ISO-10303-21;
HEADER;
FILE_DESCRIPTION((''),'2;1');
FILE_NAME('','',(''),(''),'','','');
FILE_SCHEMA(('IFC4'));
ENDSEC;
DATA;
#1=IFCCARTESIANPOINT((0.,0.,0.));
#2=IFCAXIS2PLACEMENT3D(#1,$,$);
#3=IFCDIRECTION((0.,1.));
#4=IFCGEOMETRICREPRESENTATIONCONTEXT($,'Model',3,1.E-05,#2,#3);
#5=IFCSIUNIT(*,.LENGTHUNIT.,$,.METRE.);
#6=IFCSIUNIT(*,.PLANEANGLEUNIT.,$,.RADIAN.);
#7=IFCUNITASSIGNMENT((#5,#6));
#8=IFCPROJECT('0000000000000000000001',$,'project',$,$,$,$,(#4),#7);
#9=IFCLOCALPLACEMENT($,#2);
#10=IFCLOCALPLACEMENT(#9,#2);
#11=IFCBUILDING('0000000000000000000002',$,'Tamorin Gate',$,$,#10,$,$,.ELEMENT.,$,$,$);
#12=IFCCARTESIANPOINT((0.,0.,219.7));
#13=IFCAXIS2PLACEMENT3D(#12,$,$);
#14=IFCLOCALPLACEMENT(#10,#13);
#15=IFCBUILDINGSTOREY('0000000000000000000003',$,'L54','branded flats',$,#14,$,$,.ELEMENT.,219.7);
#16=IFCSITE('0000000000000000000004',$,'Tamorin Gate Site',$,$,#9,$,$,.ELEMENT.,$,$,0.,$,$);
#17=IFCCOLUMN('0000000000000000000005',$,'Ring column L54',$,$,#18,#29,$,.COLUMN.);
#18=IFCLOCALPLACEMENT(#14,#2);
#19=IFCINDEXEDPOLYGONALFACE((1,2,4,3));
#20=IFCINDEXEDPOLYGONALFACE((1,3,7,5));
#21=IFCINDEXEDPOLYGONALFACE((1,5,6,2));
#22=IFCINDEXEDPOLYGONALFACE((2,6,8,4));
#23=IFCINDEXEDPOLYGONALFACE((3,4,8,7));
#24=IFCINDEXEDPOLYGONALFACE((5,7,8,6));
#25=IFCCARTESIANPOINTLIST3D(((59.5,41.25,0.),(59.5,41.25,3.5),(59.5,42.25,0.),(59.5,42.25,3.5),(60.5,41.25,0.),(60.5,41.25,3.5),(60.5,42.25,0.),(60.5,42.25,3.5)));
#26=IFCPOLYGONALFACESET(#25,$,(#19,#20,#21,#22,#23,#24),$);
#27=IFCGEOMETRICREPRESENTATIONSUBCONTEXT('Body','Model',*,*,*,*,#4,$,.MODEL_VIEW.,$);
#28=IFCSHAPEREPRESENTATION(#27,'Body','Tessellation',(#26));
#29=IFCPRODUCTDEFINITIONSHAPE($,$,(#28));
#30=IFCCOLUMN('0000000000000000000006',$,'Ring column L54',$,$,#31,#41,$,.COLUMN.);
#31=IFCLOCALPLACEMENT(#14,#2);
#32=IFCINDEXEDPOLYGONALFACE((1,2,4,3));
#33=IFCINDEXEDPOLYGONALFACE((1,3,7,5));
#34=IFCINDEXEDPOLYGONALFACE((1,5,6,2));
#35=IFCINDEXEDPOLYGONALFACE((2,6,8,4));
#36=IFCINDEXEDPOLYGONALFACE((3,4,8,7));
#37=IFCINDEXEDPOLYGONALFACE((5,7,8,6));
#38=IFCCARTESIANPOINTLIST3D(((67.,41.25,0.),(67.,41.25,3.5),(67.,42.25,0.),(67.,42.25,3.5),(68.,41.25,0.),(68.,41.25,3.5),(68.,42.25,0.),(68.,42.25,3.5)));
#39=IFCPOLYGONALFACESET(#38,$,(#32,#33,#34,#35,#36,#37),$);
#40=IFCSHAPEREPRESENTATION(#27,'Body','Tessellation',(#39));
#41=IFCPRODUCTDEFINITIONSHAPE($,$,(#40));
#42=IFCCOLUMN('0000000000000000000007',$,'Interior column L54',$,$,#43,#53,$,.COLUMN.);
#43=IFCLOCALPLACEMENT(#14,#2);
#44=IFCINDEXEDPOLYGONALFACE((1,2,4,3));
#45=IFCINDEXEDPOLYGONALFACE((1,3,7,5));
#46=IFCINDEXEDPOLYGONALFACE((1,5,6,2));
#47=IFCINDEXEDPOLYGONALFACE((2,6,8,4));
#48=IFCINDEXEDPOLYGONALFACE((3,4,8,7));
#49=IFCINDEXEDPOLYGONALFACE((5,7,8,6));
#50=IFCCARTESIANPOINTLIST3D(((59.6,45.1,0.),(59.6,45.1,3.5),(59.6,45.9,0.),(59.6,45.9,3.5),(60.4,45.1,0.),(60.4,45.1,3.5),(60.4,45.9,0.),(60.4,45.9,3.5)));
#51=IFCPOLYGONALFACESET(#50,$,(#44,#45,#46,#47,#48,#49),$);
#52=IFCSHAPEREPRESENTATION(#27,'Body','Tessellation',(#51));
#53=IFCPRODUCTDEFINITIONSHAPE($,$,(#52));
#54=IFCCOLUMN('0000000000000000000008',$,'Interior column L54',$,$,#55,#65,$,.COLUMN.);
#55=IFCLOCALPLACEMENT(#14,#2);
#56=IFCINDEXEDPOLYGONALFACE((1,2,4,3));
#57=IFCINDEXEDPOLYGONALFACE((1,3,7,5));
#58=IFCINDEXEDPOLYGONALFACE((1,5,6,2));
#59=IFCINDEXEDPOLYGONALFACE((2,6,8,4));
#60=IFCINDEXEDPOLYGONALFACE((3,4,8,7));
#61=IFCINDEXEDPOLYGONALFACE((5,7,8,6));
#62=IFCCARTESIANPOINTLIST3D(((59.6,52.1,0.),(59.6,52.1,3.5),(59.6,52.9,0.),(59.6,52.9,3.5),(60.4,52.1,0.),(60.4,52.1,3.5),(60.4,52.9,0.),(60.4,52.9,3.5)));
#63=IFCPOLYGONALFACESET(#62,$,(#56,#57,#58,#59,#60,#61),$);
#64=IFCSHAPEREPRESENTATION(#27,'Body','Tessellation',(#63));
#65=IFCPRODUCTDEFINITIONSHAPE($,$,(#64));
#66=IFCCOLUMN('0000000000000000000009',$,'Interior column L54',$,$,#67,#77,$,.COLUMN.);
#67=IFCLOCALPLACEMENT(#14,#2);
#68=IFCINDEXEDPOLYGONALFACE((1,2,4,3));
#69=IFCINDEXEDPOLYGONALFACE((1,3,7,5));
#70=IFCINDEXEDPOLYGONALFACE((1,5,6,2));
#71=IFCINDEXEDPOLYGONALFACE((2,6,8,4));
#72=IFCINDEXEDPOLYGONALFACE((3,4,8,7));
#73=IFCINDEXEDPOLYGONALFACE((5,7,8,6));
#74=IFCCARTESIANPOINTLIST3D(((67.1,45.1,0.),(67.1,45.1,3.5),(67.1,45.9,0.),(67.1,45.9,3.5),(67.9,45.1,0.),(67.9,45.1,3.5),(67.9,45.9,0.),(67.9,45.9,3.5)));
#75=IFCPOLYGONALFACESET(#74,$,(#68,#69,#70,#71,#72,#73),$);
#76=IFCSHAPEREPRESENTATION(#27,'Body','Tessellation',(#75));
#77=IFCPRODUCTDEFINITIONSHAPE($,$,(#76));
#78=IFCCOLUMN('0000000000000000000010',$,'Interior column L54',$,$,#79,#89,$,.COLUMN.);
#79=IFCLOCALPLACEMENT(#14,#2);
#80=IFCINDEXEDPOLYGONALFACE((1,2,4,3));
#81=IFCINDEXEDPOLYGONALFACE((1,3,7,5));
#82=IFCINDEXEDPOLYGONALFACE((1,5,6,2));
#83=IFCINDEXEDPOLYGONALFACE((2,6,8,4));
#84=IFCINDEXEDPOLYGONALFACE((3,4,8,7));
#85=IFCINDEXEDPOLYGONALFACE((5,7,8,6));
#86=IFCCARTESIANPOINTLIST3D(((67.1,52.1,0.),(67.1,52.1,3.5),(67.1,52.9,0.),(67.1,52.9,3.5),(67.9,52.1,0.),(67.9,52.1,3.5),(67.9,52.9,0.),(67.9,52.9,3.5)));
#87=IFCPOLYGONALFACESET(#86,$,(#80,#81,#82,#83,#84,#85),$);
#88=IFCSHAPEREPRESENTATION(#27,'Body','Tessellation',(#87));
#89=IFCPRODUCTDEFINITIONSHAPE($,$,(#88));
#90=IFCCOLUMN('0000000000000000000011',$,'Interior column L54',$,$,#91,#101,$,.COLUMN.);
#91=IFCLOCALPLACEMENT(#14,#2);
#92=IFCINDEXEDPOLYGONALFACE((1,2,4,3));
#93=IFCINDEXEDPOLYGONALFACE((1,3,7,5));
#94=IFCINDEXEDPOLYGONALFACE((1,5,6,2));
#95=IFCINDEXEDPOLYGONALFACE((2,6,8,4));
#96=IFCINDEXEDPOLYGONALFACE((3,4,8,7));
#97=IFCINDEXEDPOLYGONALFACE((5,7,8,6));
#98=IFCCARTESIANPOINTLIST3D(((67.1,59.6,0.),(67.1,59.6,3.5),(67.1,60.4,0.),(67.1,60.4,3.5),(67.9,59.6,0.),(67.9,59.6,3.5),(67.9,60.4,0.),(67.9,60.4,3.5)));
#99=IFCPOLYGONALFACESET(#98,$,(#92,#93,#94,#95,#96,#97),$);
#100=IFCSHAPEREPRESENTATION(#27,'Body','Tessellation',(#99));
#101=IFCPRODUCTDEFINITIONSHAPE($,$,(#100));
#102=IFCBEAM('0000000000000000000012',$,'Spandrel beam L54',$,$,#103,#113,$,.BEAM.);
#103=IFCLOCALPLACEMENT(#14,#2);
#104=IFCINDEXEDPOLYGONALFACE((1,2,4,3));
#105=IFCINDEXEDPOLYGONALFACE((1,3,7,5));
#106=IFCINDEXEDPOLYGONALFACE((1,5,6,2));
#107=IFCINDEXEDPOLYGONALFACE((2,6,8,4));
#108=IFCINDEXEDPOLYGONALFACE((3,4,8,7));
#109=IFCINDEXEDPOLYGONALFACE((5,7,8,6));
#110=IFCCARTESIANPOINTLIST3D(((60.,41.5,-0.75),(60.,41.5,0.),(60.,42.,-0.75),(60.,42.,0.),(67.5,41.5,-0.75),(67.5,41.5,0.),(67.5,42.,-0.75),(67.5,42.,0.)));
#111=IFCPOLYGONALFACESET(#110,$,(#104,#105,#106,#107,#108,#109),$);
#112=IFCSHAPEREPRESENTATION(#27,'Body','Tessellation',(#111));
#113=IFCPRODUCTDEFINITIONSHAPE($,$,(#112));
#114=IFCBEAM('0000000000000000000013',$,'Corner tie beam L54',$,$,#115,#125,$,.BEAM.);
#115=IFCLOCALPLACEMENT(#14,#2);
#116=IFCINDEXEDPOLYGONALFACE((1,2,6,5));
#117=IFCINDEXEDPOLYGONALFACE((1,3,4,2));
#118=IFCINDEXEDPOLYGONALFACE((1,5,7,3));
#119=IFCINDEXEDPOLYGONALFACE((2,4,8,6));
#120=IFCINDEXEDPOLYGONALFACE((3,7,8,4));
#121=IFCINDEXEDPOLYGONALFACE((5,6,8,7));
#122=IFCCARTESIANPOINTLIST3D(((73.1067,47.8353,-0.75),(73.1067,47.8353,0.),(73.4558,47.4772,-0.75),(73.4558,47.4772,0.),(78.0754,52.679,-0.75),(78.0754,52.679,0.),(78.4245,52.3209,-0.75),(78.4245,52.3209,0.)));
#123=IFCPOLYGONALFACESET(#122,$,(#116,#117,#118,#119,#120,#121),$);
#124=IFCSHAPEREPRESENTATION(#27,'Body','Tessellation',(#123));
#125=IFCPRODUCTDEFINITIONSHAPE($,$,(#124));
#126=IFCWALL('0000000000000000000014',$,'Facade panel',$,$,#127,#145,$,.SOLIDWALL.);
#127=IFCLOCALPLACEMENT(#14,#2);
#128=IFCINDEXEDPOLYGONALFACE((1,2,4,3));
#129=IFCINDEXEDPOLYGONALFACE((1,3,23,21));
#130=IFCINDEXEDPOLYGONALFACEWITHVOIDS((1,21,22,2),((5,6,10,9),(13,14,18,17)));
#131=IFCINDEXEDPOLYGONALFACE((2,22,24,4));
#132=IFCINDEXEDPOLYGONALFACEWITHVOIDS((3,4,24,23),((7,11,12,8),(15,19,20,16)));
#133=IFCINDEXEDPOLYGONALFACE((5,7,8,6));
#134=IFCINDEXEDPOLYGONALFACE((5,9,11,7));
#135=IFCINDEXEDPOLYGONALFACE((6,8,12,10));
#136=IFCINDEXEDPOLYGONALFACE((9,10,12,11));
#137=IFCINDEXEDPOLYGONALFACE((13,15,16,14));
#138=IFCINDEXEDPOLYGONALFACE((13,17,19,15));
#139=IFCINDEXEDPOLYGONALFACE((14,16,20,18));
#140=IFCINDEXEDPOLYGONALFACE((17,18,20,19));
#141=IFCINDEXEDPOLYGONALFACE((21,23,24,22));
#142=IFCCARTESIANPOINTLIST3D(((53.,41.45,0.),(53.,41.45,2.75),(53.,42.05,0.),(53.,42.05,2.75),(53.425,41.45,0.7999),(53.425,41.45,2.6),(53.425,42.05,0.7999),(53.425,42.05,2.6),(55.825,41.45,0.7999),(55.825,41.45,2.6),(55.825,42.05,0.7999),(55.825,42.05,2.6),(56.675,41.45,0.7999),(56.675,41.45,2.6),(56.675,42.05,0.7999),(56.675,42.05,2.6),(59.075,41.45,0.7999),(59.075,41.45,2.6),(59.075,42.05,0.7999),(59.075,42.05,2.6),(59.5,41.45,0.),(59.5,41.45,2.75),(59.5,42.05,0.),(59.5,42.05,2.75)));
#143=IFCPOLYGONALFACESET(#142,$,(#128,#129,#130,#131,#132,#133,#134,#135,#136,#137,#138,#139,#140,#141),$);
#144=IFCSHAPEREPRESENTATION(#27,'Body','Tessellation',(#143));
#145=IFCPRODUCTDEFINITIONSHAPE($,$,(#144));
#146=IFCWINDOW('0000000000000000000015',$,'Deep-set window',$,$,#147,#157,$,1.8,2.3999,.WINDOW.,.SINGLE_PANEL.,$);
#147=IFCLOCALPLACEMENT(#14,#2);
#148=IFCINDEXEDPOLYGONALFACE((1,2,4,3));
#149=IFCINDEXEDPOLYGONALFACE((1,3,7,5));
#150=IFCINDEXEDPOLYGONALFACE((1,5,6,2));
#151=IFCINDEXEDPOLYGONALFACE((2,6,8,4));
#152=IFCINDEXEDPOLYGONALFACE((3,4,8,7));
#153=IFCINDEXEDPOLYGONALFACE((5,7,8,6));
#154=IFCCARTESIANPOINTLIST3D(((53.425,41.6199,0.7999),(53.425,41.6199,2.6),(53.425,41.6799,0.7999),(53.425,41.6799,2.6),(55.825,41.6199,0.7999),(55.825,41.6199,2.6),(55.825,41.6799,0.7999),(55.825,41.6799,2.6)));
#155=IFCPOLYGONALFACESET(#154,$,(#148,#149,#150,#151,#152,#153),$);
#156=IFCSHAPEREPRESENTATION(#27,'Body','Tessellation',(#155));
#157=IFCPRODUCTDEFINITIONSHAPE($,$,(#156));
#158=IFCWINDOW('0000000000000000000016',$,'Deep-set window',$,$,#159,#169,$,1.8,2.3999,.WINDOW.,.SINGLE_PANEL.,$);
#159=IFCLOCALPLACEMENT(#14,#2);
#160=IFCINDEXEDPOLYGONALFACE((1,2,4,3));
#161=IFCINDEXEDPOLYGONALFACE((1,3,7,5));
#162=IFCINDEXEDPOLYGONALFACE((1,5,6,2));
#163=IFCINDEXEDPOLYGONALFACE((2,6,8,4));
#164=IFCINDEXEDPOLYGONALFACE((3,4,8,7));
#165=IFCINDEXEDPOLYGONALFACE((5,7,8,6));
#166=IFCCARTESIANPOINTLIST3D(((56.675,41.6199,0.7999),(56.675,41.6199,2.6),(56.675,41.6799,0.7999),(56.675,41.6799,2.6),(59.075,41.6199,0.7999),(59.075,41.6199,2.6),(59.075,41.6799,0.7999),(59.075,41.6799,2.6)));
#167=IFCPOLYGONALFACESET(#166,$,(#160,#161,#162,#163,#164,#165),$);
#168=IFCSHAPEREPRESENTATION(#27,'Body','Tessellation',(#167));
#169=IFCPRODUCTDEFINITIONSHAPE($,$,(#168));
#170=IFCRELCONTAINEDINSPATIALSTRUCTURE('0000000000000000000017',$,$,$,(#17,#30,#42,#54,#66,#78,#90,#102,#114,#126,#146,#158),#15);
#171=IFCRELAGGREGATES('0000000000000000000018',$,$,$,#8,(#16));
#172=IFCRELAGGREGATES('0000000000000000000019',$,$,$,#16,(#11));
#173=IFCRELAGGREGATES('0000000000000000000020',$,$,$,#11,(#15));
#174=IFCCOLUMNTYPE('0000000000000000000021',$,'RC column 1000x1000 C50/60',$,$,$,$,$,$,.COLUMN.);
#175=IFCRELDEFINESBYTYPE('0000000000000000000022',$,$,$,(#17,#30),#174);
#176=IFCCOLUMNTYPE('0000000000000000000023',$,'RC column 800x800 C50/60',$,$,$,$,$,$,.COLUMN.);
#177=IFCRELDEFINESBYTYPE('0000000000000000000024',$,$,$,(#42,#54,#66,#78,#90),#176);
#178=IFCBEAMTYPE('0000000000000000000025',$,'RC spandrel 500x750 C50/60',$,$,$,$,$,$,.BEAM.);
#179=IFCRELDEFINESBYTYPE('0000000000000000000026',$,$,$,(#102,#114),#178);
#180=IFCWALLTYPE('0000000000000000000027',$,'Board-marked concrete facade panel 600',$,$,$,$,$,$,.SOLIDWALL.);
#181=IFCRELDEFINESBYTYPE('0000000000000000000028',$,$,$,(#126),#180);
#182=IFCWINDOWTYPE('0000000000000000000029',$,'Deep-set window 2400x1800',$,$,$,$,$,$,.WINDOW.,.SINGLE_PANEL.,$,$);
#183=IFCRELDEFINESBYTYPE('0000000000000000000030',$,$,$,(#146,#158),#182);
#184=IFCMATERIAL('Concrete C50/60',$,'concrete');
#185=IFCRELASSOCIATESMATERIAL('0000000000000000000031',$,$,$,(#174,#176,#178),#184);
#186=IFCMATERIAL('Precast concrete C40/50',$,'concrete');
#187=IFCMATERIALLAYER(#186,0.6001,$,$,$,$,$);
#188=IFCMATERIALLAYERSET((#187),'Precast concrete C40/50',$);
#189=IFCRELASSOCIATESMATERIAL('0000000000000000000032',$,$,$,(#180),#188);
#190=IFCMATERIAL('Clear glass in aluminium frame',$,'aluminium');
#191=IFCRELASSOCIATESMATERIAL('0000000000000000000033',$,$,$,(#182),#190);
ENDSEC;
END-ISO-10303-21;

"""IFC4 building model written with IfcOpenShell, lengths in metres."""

from ifc_helpers import new_model, si_unit, direction, frame, frame_2d, origin, origin_2d, place, context, subcontext, project, spatial, rectangle, extrude, material, layer, layer_set, material_profile, profile_set, type_object, element, fill, save


model = new_model("IFC4")

# Units and contexts
model_context = context("Model", 3, precision=1e-05, world=origin(), true_north=direction((0.0, 1.0)))
body_context = subcontext(model_context, "Body", "Model", "MODEL_VIEW")
ifc_project = project(units=[si_unit("LENGTHUNIT", "METRE"), si_unit("PLANEANGLEUNIT", "RADIAN")], contexts=[model_context])

# Site, building, storey
site_placement = place(None, origin())
site = spatial("IfcSite", under=ifc_project, at=site_placement, Name="Tamorin Gate Site", CompositionType="ELEMENT", RefElevation=0.0)
building_placement = place(site_placement, origin())
building = spatial("IfcBuilding", under=site, at=building_placement, Name="Tamorin Gate", CompositionType="ELEMENT")
storey_placement = place(building_placement, frame((0.0, 0.0, 219.7)))
storey = spatial("IfcBuildingStorey", under=building, at=storey_placement, Name="L54", Description="branded flats", CompositionType="ELEMENT", Elevation=219.7)

# Columns
ifc_material_1 = material(Name="Concrete C50/60", Category="concrete")
ifc_material_profile_1 = material_profile(ifc_material_1, rectangle(XDim=1.0, YDim=1.0, at=origin_2d()), Name="RC 1000x1000")
ifc_profile_set_1 = profile_set([ifc_material_profile_1], Name="Concrete C50/60")
column_type_1 = type_object("IfcColumnType", Name="RC column 1000x1000 C50/60", PredefinedType="COLUMN", material=ifc_profile_set_1)
for number, where, z_axis, x_axis, name in (
    (1, (60.0, 41.75, 0.0), (0.0, 0.0, 1.0), (1.0, 0.0, 0.0), "Ring column L54"),
    (2, (67.5, 41.75, 0.0), (0.0, 0.0, 1.0), (1.0, 0.0, 0.0), "Ring column L54"),
):
    element("IfcColumn", number, at=place(storey_placement, frame(where, z_axis=z_axis, x_axis=x_axis)), inside=storey, type_object=column_type_1, Name=name, PredefinedType="COLUMN", context=body_context, shape_type="SweptSolid", body=[
        extrude(rectangle(XDim=1.0, YDim=1.0, at=origin_2d()), origin(), (0.0, 0.0, 1.0), 3.5),
    ])
ifc_material_profile_2 = material_profile(ifc_material_1, rectangle(XDim=0.8, YDim=0.8, at=origin_2d()), Name="RC 800x800")
ifc_profile_set_2 = profile_set([ifc_material_profile_2], Name="Concrete C50/60")
column_type_2 = type_object("IfcColumnType", Name="RC column 800x800 C50/60", PredefinedType="COLUMN", material=ifc_profile_set_2)
for number, where, z_axis, x_axis, name in (
    (3, (60.0, 45.5, 0.0), (0.0, 0.0, 1.0), (1.0, 0.0, 0.0), "Interior column L54"),
    (4, (60.0, 52.5, 0.0), (0.0, 0.0, 1.0), (1.0, 0.0, 0.0), "Interior column L54"),
    (5, (67.5, 45.5, 0.0), (0.0, 0.0, 1.0), (1.0, 0.0, 0.0), "Interior column L54"),
    (6, (67.5, 52.5, 0.0), (0.0, 0.0, 1.0), (1.0, 0.0, 0.0), "Interior column L54"),
    (7, (67.5, 60.0, 0.0), (0.0, 0.0, 1.0), (1.0, 0.0, 0.0), "Interior column L54"),
):
    element("IfcColumn", number, at=place(storey_placement, frame(where, z_axis=z_axis, x_axis=x_axis)), inside=storey, type_object=column_type_2, Name=name, PredefinedType="COLUMN", context=body_context, shape_type="SweptSolid", body=[
        extrude(rectangle(XDim=0.8, YDim=0.8, at=origin_2d()), origin(), (0.0, 0.0, 1.0), 3.5),
    ])

# Beams
ifc_material_profile_3 = material_profile(ifc_material_1, rectangle(XDim=0.5, YDim=0.75, at=origin_2d()), Name="RC 500x750")
ifc_profile_set_3 = profile_set([ifc_material_profile_3], Name="Concrete C50/60")
beam_type = type_object("IfcBeamType", Name="RC spandrel 500x750 C50/60", PredefinedType="BEAM", material=ifc_profile_set_3)
beam_1_placement = place(storey_placement, frame((60.0, 41.75, -0.375), z_axis=(1.0, 0.0, 0.0), x_axis=(0.0, 1.0, 0.0)))
element("IfcBeam", 8, at=beam_1_placement, inside=storey, type_object=beam_type, Name="Spandrel beam L54", PredefinedType="BEAM", context=body_context, shape_type="SweptSolid", body=[
    extrude(rectangle(XDim=0.5, YDim=0.75, at=origin_2d()), origin(), (0.0, 0.0, 1.0), 7.5),
])
beam_2_placement = place(storey_placement, frame((73.2812, 47.6562, -0.375), z_axis=(0.716056, 0.698042, 0.0), x_axis=(-0.698042, 0.716056, 0.0)))
element("IfcBeam", 9, at=beam_2_placement, inside=storey, type_object=beam_type, Name="Corner tie beam L54", PredefinedType="BEAM", context=body_context, shape_type="SweptSolid", body=[
    extrude(rectangle(XDim=0.5, YDim=0.75, at=origin_2d()), origin(), (0.0, 0.0, 1.0), 6.939),
])

# Wall, openings, windows
ifc_material_2 = material(Name="Precast concrete C40/50", Category="concrete")
ifc_layer_1 = layer(ifc_material_2, 0.6001)
ifc_layer_set_1 = layer_set([ifc_layer_1], Name="Precast concrete C40/50")
wall_type_1 = type_object("IfcWallType", Name="Board-marked concrete facade panel 600", PredefinedType="SOLIDWALL", material=ifc_layer_set_1)
wall_1_placement = place(storey_placement, frame((53.0, 41.75, 0.0), z_axis=(0.0, 0.0, 1.0), x_axis=(1.0, 0.0, 0.0)))
wall_1 = element("IfcWall", 10, at=wall_1_placement, inside=storey, type_object=wall_type_1, Name="Facade panel", PredefinedType="SOLIDWALL", context=body_context, shape_type="SweptSolid", body=[
    extrude(rectangle(XDim=6.5, YDim=0.6001, at=frame_2d((3.25, 0.0))), origin(), (0.0, 0.0, 1.0), 2.75),
])
opening_1_placement = place(wall_1_placement, frame((0.425, 0.0, 0.8)))
opening_1 = element("IfcOpeningElement", 11, at=opening_1_placement, cuts=wall_1, PredefinedType="OPENING", context=body_context, shape_type="SweptSolid", body=[
    extrude(rectangle(XDim=2.3999, YDim=1.8, at=frame_2d((1.2, 0.8999))), frame((0.0, 0.3101, 0.0), z_axis=(0.0, -1.0, 0.0), x_axis=(1.0, 0.0, 0.0)), (0.0, 0.0, 1.0), 0.6201),
])
opening_2_placement = place(wall_1_placement, frame((3.675, 0.0, 0.8)))
opening_2 = element("IfcOpeningElement", 12, at=opening_2_placement, cuts=wall_1, PredefinedType="OPENING", context=body_context, shape_type="SweptSolid", body=[
    extrude(rectangle(XDim=2.3999, YDim=1.8, at=frame_2d((1.2, 0.8999))), frame((0.0, 0.3101, 0.0), z_axis=(0.0, -1.0, 0.0), x_axis=(1.0, 0.0, 0.0)), (0.0, 0.0, 1.0), 0.6201),
])
ifc_material_3 = material(Name="Clear glass in aluminium frame", Category="aluminium")
window_type = type_object("IfcWindowType", Name="Deep-set window 2400x1800", PartitioningType="SINGLE_PANEL", PredefinedType="WINDOW", material=ifc_material_3)
window_1_placement = place(opening_1_placement, origin())
window_1 = element("IfcWindow", 13, at=window_1_placement, inside=storey, type_object=window_type, Name="Deep-set window", OverallHeight=1.8, OverallWidth=2.3999, PartitioningType="SINGLE_PANEL", PredefinedType="WINDOW", context=body_context, shape_type="SweptSolid", body=[
    extrude(rectangle(XDim=2.3999, YDim=1.8, at=frame_2d((1.2, 0.8999))), frame((0.0, -0.0701, 0.0), z_axis=(0.0, -1.0, 0.0), x_axis=(1.0, 0.0, 0.0)), (0.0, 0.0, 1.0), 0.0601),
])
fill(opening_1, window_1)
window_2_placement = place(opening_2_placement, origin())
window_2 = element("IfcWindow", 14, at=window_2_placement, inside=storey, type_object=window_type, Name="Deep-set window", OverallHeight=1.8, OverallWidth=2.3999, PartitioningType="SINGLE_PANEL", PredefinedType="WINDOW", context=body_context, shape_type="SweptSolid", body=[
    extrude(rectangle(XDim=2.3999, YDim=1.8, at=frame_2d((1.2, 0.8999))), frame((0.0, -0.0701, 0.0), z_axis=(0.0, -1.0, 0.0), x_axis=(1.0, 0.0, 0.0)), (0.0, 0.0, 1.0), 0.0601),
])
fill(opening_2, window_2)

save(model, "model.ifc")
